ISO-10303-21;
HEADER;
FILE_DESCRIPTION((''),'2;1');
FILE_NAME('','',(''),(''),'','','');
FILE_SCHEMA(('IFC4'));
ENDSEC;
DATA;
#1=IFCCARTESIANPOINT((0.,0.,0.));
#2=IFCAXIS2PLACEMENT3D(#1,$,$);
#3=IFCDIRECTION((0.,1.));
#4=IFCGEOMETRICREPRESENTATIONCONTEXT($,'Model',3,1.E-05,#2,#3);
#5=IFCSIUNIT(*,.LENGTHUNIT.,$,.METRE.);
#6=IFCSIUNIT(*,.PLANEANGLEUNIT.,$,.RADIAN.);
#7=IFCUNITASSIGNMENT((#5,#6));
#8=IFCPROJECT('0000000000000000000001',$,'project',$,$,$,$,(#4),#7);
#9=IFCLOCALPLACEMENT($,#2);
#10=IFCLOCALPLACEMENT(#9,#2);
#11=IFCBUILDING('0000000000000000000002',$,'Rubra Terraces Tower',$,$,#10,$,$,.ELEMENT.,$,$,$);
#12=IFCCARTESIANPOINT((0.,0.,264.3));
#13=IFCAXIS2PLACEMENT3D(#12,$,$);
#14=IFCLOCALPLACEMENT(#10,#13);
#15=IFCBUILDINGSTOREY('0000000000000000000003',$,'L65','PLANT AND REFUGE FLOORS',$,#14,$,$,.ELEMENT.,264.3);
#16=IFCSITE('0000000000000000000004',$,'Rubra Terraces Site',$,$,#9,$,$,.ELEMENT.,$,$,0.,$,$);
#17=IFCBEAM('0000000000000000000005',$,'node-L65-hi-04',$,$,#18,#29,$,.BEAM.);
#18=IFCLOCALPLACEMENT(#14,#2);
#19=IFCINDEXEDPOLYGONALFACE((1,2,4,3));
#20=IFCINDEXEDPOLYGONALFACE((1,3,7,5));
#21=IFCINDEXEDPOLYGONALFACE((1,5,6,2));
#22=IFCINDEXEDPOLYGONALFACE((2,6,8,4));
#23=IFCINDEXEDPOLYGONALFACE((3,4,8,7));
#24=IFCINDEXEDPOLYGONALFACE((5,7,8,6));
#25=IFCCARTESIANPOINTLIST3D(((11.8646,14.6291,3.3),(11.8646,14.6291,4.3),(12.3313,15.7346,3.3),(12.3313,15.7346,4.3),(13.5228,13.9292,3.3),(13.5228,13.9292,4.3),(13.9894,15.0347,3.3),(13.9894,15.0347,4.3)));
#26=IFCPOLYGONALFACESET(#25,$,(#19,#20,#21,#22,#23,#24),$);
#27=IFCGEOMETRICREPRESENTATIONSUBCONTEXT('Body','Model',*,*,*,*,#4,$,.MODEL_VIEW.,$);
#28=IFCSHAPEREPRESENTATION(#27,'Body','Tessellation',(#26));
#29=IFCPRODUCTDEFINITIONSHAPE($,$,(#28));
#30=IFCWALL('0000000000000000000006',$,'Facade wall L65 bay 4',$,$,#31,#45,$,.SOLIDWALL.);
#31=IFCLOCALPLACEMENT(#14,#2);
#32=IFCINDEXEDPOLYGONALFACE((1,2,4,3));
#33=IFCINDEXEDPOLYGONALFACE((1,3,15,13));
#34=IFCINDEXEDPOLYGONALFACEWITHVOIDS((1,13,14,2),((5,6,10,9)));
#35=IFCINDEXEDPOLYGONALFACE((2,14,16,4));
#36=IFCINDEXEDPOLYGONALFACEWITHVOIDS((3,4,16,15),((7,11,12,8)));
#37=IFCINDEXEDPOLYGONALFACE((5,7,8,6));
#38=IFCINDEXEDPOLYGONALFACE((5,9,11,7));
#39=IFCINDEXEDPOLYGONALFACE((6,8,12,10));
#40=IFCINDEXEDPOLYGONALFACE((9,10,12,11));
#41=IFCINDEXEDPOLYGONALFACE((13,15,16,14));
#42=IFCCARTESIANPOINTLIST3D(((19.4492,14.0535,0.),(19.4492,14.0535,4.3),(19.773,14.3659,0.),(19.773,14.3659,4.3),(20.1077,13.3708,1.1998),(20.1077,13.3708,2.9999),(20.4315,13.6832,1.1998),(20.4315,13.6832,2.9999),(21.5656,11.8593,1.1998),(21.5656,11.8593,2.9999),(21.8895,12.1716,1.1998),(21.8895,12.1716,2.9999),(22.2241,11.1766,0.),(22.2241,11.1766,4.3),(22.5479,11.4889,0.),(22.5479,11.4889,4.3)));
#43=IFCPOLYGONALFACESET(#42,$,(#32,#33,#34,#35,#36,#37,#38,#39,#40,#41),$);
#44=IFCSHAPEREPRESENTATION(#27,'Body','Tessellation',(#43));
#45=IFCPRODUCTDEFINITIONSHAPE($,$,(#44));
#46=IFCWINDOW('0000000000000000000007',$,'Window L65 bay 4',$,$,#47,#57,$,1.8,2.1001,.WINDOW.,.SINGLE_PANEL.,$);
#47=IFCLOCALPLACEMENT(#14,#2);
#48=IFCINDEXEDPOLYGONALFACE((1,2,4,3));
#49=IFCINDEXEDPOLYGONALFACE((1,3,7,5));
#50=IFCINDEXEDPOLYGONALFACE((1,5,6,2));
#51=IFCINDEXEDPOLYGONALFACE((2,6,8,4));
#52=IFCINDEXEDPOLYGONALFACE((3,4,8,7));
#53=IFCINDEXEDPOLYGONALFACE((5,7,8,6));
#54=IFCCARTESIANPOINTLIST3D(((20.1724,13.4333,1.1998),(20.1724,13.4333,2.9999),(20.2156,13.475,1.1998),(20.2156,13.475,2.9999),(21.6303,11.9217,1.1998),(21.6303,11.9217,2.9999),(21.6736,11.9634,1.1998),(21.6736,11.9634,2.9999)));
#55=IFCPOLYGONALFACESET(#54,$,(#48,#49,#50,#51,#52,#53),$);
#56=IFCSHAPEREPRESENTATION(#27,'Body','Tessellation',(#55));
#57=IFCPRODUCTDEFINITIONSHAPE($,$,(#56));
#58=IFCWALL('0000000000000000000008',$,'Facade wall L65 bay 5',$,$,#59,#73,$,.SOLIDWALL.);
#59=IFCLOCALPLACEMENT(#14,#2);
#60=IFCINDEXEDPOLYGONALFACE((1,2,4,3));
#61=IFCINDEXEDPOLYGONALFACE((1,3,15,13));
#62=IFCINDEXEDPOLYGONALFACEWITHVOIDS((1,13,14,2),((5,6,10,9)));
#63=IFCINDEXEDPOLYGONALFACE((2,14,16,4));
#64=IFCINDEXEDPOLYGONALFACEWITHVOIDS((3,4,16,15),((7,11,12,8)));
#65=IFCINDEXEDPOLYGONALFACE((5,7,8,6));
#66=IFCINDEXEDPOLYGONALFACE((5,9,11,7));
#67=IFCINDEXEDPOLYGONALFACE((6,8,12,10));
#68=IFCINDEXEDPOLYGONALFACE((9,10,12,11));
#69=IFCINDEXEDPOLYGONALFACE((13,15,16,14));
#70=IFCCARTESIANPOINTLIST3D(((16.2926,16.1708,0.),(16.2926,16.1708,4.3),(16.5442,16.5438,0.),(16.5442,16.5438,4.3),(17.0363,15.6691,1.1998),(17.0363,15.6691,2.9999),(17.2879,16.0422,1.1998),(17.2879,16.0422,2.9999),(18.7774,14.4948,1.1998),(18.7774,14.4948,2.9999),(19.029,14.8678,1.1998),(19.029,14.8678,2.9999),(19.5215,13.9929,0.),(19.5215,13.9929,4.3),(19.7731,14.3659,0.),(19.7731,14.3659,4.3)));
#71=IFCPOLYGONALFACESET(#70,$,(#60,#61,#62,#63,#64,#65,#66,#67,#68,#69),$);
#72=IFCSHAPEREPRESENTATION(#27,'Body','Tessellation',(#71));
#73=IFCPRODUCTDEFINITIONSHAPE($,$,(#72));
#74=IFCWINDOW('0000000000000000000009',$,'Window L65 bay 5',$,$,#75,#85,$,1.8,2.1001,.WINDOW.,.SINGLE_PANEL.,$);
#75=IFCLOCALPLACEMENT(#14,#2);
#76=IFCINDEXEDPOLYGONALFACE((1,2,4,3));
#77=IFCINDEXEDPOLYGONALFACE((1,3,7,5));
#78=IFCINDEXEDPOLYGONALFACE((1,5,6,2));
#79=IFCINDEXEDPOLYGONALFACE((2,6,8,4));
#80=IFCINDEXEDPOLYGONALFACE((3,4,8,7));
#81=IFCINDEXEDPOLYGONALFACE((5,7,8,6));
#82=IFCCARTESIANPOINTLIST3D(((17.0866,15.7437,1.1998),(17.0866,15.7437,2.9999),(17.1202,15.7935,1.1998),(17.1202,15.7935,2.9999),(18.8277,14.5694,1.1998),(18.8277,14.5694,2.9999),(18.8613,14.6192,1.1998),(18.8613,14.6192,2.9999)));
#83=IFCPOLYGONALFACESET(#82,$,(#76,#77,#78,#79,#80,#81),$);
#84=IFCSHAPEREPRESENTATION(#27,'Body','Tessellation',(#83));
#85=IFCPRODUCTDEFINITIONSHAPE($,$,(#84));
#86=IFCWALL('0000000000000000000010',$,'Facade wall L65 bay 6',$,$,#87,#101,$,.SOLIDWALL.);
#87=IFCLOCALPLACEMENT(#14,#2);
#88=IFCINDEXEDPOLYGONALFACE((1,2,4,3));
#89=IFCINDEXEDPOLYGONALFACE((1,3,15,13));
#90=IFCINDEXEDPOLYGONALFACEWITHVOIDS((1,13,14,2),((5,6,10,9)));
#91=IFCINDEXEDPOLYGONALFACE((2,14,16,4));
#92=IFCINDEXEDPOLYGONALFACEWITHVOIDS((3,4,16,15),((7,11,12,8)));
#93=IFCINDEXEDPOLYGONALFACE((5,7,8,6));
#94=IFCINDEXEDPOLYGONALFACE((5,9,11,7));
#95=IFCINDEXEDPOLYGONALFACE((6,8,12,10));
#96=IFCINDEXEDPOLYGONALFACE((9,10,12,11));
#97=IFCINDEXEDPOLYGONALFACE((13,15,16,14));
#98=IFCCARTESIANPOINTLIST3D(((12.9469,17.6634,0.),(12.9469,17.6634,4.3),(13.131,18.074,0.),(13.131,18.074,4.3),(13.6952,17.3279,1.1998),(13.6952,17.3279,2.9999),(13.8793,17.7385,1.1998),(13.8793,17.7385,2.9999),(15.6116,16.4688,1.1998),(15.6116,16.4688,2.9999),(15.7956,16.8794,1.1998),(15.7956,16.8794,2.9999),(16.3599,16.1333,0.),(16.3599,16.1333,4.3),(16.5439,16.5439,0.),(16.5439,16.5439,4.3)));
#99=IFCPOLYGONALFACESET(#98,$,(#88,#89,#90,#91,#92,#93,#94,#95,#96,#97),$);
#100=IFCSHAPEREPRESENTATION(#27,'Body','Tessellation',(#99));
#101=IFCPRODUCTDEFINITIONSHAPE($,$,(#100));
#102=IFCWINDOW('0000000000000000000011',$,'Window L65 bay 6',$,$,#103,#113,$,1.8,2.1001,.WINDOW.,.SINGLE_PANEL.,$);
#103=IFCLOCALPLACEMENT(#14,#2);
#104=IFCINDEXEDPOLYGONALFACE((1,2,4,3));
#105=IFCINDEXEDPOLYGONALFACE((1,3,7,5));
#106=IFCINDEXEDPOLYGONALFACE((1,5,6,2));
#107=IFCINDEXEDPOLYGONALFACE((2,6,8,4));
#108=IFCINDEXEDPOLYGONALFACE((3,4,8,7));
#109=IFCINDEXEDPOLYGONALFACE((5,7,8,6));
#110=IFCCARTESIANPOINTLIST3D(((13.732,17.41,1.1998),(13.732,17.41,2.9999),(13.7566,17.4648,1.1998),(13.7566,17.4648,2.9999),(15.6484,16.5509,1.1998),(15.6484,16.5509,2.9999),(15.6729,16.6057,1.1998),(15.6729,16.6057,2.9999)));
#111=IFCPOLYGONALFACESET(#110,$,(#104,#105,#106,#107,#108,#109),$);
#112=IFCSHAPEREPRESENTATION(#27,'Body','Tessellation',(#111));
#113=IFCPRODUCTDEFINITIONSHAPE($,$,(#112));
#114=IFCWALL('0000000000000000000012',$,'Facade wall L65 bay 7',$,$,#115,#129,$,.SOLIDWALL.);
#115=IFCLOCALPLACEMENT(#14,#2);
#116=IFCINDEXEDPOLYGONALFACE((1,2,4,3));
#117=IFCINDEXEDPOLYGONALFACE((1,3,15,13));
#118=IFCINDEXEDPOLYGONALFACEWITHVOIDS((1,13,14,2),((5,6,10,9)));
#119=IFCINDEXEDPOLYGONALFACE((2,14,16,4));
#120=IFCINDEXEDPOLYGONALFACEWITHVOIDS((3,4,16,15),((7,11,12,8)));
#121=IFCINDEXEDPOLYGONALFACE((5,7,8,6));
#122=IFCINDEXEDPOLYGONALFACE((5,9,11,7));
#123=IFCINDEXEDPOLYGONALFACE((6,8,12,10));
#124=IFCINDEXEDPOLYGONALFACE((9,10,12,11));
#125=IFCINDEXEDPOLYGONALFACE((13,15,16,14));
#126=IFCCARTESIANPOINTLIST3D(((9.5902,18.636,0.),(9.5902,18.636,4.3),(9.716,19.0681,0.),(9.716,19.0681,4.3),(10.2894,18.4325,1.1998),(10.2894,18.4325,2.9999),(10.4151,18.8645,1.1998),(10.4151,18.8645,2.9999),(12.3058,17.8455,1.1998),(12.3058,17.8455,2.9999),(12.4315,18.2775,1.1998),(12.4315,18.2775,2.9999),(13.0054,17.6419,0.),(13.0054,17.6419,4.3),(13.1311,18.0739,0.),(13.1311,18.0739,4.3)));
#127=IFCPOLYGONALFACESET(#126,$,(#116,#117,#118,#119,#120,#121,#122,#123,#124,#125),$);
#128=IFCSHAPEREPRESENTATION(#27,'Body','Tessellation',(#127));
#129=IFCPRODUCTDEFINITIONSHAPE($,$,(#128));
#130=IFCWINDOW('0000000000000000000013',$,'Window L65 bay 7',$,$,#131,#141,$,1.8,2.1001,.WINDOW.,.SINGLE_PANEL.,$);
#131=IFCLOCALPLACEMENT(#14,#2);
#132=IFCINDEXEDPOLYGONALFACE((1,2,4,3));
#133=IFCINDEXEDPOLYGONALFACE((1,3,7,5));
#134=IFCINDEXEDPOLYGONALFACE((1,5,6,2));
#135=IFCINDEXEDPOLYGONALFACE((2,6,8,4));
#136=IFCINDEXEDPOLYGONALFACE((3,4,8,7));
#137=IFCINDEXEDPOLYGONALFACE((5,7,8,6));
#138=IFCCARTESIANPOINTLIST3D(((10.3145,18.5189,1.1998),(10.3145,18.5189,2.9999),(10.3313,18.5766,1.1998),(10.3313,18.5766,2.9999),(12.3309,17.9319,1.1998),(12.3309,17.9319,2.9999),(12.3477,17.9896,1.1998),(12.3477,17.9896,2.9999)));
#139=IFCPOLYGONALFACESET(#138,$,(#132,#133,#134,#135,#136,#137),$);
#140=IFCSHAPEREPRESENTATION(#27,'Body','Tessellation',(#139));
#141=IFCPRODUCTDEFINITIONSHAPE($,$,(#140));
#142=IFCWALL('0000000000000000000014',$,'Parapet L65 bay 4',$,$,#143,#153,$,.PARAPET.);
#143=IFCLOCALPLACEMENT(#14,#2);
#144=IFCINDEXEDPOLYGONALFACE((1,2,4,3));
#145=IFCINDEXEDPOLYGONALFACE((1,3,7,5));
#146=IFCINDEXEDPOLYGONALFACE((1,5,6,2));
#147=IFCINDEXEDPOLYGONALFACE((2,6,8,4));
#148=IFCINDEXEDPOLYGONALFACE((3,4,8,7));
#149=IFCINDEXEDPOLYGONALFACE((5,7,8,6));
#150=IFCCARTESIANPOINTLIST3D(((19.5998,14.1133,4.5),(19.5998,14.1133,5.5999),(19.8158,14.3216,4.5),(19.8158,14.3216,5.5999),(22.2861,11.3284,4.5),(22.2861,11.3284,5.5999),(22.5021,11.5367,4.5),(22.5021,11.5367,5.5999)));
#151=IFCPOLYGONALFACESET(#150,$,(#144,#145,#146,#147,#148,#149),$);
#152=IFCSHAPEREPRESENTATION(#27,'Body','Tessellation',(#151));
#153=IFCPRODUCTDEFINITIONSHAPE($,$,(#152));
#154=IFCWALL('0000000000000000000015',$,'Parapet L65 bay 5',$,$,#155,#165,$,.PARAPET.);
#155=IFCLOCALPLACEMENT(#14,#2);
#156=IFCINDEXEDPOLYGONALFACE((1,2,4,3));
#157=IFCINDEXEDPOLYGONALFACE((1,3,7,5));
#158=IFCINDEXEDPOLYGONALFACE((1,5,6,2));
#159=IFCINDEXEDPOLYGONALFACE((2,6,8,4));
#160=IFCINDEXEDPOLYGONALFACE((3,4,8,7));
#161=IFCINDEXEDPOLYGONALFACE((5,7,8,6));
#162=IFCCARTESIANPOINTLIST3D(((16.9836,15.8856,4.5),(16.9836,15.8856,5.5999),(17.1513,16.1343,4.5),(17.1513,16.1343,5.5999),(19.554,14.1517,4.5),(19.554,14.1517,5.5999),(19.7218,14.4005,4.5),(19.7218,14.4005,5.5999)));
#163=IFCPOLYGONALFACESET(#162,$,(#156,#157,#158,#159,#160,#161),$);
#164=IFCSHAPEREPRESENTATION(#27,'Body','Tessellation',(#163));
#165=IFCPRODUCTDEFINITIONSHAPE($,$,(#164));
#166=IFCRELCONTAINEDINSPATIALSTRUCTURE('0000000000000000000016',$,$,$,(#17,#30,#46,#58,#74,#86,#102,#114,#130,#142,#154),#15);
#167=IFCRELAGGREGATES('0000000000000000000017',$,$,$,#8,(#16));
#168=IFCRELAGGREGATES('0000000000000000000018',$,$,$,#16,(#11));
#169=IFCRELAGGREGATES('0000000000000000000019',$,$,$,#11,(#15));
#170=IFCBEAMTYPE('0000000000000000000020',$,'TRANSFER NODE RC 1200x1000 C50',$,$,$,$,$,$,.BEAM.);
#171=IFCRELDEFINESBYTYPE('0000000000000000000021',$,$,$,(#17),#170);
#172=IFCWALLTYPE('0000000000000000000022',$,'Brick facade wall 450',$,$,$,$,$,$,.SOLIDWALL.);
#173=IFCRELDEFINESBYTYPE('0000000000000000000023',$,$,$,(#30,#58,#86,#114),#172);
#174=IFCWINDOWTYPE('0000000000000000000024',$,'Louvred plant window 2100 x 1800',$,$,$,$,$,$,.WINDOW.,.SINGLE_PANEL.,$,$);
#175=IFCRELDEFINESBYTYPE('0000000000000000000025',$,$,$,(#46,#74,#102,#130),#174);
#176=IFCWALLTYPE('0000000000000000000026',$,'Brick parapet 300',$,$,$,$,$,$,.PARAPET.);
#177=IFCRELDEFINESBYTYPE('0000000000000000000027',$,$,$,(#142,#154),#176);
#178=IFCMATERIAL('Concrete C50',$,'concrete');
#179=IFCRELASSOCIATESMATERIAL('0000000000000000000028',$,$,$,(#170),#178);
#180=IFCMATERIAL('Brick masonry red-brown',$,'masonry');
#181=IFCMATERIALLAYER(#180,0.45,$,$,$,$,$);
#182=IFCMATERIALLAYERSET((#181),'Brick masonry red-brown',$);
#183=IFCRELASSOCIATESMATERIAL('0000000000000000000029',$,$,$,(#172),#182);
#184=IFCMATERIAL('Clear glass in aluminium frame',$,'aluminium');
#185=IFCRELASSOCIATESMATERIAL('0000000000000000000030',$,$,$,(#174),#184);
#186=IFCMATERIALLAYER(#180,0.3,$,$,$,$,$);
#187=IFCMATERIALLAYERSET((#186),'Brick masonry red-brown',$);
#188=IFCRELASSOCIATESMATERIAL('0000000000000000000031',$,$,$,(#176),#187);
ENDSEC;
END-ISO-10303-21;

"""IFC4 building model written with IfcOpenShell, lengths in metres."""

from ifc_helpers import new_model, si_unit, direction, frame, frame_2d, origin, origin_2d, place, context, subcontext, project, spatial, rectangle, extrude, material, layer, layer_set, material_profile, profile_set, type_object, element, fill, save


model = new_model("IFC4")

# Units and contexts
model_context = context("Model", 3, precision=1e-05, world=origin(), true_north=direction((0.0, 1.0)))
body_context = subcontext(model_context, "Body", "Model", "MODEL_VIEW")
ifc_project = project(units=[si_unit("LENGTHUNIT", "METRE"), si_unit("PLANEANGLEUNIT", "RADIAN")], contexts=[model_context])

# Site, building, storey
site_placement = place(None, origin())
site = spatial("IfcSite", under=ifc_project, at=site_placement, Name="Rubra Terraces Site", CompositionType="ELEMENT", RefElevation=0.0)
building_placement = place(site_placement, origin())
building = spatial("IfcBuilding", under=site, at=building_placement, Name="Rubra Terraces Tower", CompositionType="ELEMENT")
storey_placement = place(building_placement, frame((0.0, 0.0, 264.3)))
storey = spatial("IfcBuildingStorey", under=building, at=storey_placement, Name="L65", Description="PLANT AND REFUGE FLOORS", CompositionType="ELEMENT", Elevation=264.3)

# Shared definitions
ifc_material_1 = material(Name="Concrete C50", Category="concrete")

# Beam
ifc_material_profile_1 = material_profile(ifc_material_1, rectangle(XDim=1.2, YDim=1.0, at=origin_2d()), Name="RC 1200x1000")
ifc_profile_set_1 = profile_set([ifc_material_profile_1], Name="Concrete C50")
beam_type_1 = type_object("IfcBeamType", Name="TRANSFER NODE RC 1200x1000 C50", PredefinedType="BEAM", material=ifc_profile_set_1)
beam_1_placement = place(storey_placement, frame((13.7561, 14.4819, 3.8), z_axis=(-0.921285, 0.388888, 0.0), x_axis=(-0.388888, -0.921285, 0.0)))
element("IfcBeam", 1, at=beam_1_placement, inside=storey, type_object=beam_type_1, Name="node-L65-hi-04", PredefinedType="BEAM", context=body_context, shape_type="SweptSolid", body=[
    extrude(rectangle(XDim=1.2, YDim=1.0, at=origin_2d()), origin(), (0.0, 0.0, 1.0), 1.7998),
])

# Walls, openings, windows
ifc_material_2 = material(Name="Brick masonry red-brown", Category="masonry")
ifc_layer_1 = layer(ifc_material_2, 0.45)
ifc_layer_set_1 = layer_set([ifc_layer_1], Name="Brick masonry red-brown")
wall_type_1 = type_object("IfcWallType", Name="Brick facade wall 450", PredefinedType="SOLIDWALL", material=ifc_layer_set_1)
wall_1_placement = place(storey_placement, frame((22.386, 11.3328, 0.0), z_axis=(0.0, 0.0, 1.0), x_axis=(-0.694226, 0.719757, 0.0)))
wall_1 = element("IfcWall", 2, at=wall_1_placement, inside=storey, type_object=wall_type_1, Name="Facade wall L65 bay 4", PredefinedType="SOLIDWALL", context=body_context, shape_type="SweptSolid", body=[
    extrude(rectangle(XDim=3.9971, YDim=0.45, at=frame_2d((1.9985, 0.0))), origin(), (0.0, 0.0, 1.0), 4.3),
])
opening_1_placement = place(wall_1_placement, frame((0.9485, 0.0, 1.2)))
opening_1 = element("IfcOpeningElement", 3, at=opening_1_placement, cuts=wall_1, PredefinedType="OPENING", context=body_context, shape_type="SweptSolid", body=[
    extrude(rectangle(XDim=2.1001, YDim=1.8, at=frame_2d((1.05, 0.8999))), frame((0.0, 0.2349, 0.0), z_axis=(0.0, -1.0, 0.0), x_axis=(1.0, 0.0, 0.0)), (0.0, 0.0, 1.0), 0.47),
])
ifc_material_3 = material(Name="Clear glass in aluminium frame", Category="aluminium")
window_type = type_object("IfcWindowType", Name="Louvred plant window 2100 x 1800", PartitioningType="SINGLE_PANEL", PredefinedType="WINDOW", material=ifc_material_3)
window_1_placement = place(opening_1_placement, origin())
window_1 = element("IfcWindow", 4, at=window_1_placement, inside=storey, type_object=window_type, Name="Window L65 bay 4", OverallHeight=1.8, OverallWidth=2.1001, PartitioningType="SINGLE_PANEL", PredefinedType="WINDOW", context=body_context, shape_type="SweptSolid", body=[
    extrude(rectangle(XDim=2.1001, YDim=1.8, at=frame_2d((1.05, 0.8999))), frame((0.0, 0.135, 0.0), z_axis=(0.0, -1.0, 0.0), x_axis=(1.0, 0.0, 0.0)), (0.0, 0.0, 1.0), 0.0601),
])
fill(opening_1, window_1)
wall_2_placement = place(storey_placement, frame((19.6472, 14.1794, 0.0), z_axis=(0.0, 0.0, 1.0), x_axis=(-0.829039, 0.559191, 0.0)))
wall_2 = element("IfcWall", 5, at=wall_2_placement, inside=storey, type_object=wall_type_1, Name="Facade wall L65 bay 5", PredefinedType="SOLIDWALL", context=body_context, shape_type="SweptSolid", body=[
    extrude(rectangle(XDim=3.8948, YDim=0.45, at=frame_2d((1.9473, 0.0))), origin(), (0.0, 0.0, 1.0), 4.3),
])
opening_2_placement = place(wall_2_placement, frame((0.8975, 0.0, 1.2)))
opening_2 = element("IfcOpeningElement", 6, at=opening_2_placement, cuts=wall_2, PredefinedType="OPENING", context=body_context, shape_type="SweptSolid", body=[
    extrude(rectangle(XDim=2.1001, YDim=1.8, at=frame_2d((1.05, 0.8999))), frame((0.0, 0.2349, 0.0), z_axis=(0.0, -1.0, 0.0), x_axis=(1.0, 0.0, 0.0)), (0.0, 0.0, 1.0), 0.47),
])
window_2_placement = place(opening_2_placement, origin())
window_2 = element("IfcWindow", 7, at=window_2_placement, inside=storey, type_object=window_type, Name="Window L65 bay 5", OverallHeight=1.8, OverallWidth=2.1001, PartitioningType="SINGLE_PANEL", PredefinedType="WINDOW", context=body_context, shape_type="SweptSolid", body=[
    extrude(rectangle(XDim=2.1001, YDim=1.8, at=frame_2d((1.05, 0.8999))), frame((0.0, 0.135, 0.0), z_axis=(0.0, -1.0, 0.0), x_axis=(1.0, 0.0, 0.0)), (0.0, 0.0, 1.0), 0.0601),
])
fill(opening_2, window_2)
wall_3_placement = place(storey_placement, frame((16.4519, 16.3386, 0.0), z_axis=(0.0, 0.0, 1.0), x_axis=(-0.912496, 0.409086, 0.0)))
wall_3 = element("IfcWall", 8, at=wall_3_placement, inside=storey, type_object=wall_type_1, Name="Facade wall L65 bay 6", PredefinedType="SOLIDWALL", context=body_context, shape_type="SweptSolid", body=[
    extrude(rectangle(XDim=3.7402, YDim=0.45, at=frame_2d((1.8701, 0.0))), origin(), (0.0, 0.0, 1.0), 4.3),
])
opening_3_placement = place(wall_3_placement, frame((0.8201, 0.0, 1.2)))
opening_3 = element("IfcOpeningElement", 9, at=opening_3_placement, cuts=wall_3, PredefinedType="OPENING", context=body_context, shape_type="SweptSolid", body=[
    extrude(rectangle(XDim=2.1001, YDim=1.8, at=frame_2d((1.05, 0.8999))), frame((0.0, 0.2349, 0.0), z_axis=(0.0, -1.0, 0.0), x_axis=(1.0, 0.0, 0.0)), (0.0, 0.0, 1.0), 0.47),
])
window_3_placement = place(opening_3_placement, origin())
window_3 = element("IfcWindow", 10, at=window_3_placement, inside=storey, type_object=window_type, Name="Window L65 bay 6", OverallHeight=1.8, OverallWidth=2.1001, PartitioningType="SINGLE_PANEL", PredefinedType="WINDOW", context=body_context, shape_type="SweptSolid", body=[
    extrude(rectangle(XDim=2.1001, YDim=1.8, at=frame_2d((1.05, 0.8999))), frame((0.0, 0.135, 0.0), z_axis=(0.0, -1.0, 0.0), x_axis=(1.0, 0.0, 0.0)), (0.0, 0.0, 1.0), 0.0601),
])
fill(opening_3, window_3)
wall_4_placement = place(storey_placement, frame((13.0681, 17.8579, 0.0), z_axis=(0.0, 0.0, 1.0), x_axis=(-0.960144, 0.279504, 0.0)))
wall_4 = element("IfcWall", 11, at=wall_4_placement, inside=storey, type_object=wall_type_1, Name="Facade wall L65 bay 7", PredefinedType="SOLIDWALL", context=body_context, shape_type="SweptSolid", body=[
    extrude(rectangle(XDim=3.5569, YDim=0.45, at=frame_2d((1.7783, 0.0))), origin(), (0.0, 0.0, 1.0), 4.3),
])
opening_4_placement = place(wall_4_placement, frame((0.7285, 0.0, 1.2)))
opening_4 = element("IfcOpeningElement", 12, at=opening_4_placement, cuts=wall_4, PredefinedType="OPENING", context=body_context, shape_type="SweptSolid", body=[
    extrude(rectangle(XDim=2.1001, YDim=1.8, at=frame_2d((1.05, 0.8999))), frame((0.0, 0.2349, 0.0), z_axis=(0.0, -1.0, 0.0), x_axis=(1.0, 0.0, 0.0)), (0.0, 0.0, 1.0), 0.47),
])
window_4_placement = place(opening_4_placement, origin())
window_4 = element("IfcWindow", 13, at=window_4_placement, inside=storey, type_object=window_type, Name="Window L65 bay 7", OverallHeight=1.8, OverallWidth=2.1001, PartitioningType="SINGLE_PANEL", PredefinedType="WINDOW", context=body_context, shape_type="SweptSolid", body=[
    extrude(rectangle(XDim=2.1001, YDim=1.8, at=frame_2d((1.05, 0.8999))), frame((0.0, 0.135, 0.0), z_axis=(0.0, -1.0, 0.0), x_axis=(1.0, 0.0, 0.0)), (0.0, 0.0, 1.0), 0.0601),
])
fill(opening_4, window_4)

# Walls
ifc_layer_2 = layer(ifc_material_2, 0.3)
ifc_layer_set_2 = layer_set([ifc_layer_2], Name="Brick masonry red-brown")
wall_type_2 = type_object("IfcWallType", Name="Brick parapet 300", PredefinedType="PARAPET", material=ifc_layer_set_2)
wall_5_placement = place(storey_placement, frame((22.394, 11.4326, 4.5), z_axis=(0.0, 0.0, 1.0), x_axis=(-0.694246, 0.719737, 0.0)))
element("IfcWall", 14, at=wall_5_placement, inside=storey, type_object=wall_type_2, Name="Parapet L65 bay 4", PredefinedType="PARAPET", context=body_context, shape_type="SweptSolid", body=[
    extrude(rectangle(XDim=3.8694, YDim=0.3, at=frame_2d((1.9346, 0.0))), origin(), (0.0, 0.0, 1.0), 1.0999),
])
wall_6_placement = place(storey_placement, frame((19.6379, 14.2761, 4.5), z_axis=(0.0, 0.0, 1.0), x_axis=(-0.829034, 0.559198, 0.0)))
element("IfcWall", 15, at=wall_6_placement, inside=storey, type_object=wall_type_2, Name="Parapet L65 bay 5", PredefinedType="PARAPET", context=body_context, shape_type="SweptSolid", body=[
    extrude(rectangle(XDim=3.1006, YDim=0.3, at=frame_2d((1.5503, 0.0))), origin(), (0.0, 0.0, 1.0), 1.0999),
])

save(model, "model.ifc")
